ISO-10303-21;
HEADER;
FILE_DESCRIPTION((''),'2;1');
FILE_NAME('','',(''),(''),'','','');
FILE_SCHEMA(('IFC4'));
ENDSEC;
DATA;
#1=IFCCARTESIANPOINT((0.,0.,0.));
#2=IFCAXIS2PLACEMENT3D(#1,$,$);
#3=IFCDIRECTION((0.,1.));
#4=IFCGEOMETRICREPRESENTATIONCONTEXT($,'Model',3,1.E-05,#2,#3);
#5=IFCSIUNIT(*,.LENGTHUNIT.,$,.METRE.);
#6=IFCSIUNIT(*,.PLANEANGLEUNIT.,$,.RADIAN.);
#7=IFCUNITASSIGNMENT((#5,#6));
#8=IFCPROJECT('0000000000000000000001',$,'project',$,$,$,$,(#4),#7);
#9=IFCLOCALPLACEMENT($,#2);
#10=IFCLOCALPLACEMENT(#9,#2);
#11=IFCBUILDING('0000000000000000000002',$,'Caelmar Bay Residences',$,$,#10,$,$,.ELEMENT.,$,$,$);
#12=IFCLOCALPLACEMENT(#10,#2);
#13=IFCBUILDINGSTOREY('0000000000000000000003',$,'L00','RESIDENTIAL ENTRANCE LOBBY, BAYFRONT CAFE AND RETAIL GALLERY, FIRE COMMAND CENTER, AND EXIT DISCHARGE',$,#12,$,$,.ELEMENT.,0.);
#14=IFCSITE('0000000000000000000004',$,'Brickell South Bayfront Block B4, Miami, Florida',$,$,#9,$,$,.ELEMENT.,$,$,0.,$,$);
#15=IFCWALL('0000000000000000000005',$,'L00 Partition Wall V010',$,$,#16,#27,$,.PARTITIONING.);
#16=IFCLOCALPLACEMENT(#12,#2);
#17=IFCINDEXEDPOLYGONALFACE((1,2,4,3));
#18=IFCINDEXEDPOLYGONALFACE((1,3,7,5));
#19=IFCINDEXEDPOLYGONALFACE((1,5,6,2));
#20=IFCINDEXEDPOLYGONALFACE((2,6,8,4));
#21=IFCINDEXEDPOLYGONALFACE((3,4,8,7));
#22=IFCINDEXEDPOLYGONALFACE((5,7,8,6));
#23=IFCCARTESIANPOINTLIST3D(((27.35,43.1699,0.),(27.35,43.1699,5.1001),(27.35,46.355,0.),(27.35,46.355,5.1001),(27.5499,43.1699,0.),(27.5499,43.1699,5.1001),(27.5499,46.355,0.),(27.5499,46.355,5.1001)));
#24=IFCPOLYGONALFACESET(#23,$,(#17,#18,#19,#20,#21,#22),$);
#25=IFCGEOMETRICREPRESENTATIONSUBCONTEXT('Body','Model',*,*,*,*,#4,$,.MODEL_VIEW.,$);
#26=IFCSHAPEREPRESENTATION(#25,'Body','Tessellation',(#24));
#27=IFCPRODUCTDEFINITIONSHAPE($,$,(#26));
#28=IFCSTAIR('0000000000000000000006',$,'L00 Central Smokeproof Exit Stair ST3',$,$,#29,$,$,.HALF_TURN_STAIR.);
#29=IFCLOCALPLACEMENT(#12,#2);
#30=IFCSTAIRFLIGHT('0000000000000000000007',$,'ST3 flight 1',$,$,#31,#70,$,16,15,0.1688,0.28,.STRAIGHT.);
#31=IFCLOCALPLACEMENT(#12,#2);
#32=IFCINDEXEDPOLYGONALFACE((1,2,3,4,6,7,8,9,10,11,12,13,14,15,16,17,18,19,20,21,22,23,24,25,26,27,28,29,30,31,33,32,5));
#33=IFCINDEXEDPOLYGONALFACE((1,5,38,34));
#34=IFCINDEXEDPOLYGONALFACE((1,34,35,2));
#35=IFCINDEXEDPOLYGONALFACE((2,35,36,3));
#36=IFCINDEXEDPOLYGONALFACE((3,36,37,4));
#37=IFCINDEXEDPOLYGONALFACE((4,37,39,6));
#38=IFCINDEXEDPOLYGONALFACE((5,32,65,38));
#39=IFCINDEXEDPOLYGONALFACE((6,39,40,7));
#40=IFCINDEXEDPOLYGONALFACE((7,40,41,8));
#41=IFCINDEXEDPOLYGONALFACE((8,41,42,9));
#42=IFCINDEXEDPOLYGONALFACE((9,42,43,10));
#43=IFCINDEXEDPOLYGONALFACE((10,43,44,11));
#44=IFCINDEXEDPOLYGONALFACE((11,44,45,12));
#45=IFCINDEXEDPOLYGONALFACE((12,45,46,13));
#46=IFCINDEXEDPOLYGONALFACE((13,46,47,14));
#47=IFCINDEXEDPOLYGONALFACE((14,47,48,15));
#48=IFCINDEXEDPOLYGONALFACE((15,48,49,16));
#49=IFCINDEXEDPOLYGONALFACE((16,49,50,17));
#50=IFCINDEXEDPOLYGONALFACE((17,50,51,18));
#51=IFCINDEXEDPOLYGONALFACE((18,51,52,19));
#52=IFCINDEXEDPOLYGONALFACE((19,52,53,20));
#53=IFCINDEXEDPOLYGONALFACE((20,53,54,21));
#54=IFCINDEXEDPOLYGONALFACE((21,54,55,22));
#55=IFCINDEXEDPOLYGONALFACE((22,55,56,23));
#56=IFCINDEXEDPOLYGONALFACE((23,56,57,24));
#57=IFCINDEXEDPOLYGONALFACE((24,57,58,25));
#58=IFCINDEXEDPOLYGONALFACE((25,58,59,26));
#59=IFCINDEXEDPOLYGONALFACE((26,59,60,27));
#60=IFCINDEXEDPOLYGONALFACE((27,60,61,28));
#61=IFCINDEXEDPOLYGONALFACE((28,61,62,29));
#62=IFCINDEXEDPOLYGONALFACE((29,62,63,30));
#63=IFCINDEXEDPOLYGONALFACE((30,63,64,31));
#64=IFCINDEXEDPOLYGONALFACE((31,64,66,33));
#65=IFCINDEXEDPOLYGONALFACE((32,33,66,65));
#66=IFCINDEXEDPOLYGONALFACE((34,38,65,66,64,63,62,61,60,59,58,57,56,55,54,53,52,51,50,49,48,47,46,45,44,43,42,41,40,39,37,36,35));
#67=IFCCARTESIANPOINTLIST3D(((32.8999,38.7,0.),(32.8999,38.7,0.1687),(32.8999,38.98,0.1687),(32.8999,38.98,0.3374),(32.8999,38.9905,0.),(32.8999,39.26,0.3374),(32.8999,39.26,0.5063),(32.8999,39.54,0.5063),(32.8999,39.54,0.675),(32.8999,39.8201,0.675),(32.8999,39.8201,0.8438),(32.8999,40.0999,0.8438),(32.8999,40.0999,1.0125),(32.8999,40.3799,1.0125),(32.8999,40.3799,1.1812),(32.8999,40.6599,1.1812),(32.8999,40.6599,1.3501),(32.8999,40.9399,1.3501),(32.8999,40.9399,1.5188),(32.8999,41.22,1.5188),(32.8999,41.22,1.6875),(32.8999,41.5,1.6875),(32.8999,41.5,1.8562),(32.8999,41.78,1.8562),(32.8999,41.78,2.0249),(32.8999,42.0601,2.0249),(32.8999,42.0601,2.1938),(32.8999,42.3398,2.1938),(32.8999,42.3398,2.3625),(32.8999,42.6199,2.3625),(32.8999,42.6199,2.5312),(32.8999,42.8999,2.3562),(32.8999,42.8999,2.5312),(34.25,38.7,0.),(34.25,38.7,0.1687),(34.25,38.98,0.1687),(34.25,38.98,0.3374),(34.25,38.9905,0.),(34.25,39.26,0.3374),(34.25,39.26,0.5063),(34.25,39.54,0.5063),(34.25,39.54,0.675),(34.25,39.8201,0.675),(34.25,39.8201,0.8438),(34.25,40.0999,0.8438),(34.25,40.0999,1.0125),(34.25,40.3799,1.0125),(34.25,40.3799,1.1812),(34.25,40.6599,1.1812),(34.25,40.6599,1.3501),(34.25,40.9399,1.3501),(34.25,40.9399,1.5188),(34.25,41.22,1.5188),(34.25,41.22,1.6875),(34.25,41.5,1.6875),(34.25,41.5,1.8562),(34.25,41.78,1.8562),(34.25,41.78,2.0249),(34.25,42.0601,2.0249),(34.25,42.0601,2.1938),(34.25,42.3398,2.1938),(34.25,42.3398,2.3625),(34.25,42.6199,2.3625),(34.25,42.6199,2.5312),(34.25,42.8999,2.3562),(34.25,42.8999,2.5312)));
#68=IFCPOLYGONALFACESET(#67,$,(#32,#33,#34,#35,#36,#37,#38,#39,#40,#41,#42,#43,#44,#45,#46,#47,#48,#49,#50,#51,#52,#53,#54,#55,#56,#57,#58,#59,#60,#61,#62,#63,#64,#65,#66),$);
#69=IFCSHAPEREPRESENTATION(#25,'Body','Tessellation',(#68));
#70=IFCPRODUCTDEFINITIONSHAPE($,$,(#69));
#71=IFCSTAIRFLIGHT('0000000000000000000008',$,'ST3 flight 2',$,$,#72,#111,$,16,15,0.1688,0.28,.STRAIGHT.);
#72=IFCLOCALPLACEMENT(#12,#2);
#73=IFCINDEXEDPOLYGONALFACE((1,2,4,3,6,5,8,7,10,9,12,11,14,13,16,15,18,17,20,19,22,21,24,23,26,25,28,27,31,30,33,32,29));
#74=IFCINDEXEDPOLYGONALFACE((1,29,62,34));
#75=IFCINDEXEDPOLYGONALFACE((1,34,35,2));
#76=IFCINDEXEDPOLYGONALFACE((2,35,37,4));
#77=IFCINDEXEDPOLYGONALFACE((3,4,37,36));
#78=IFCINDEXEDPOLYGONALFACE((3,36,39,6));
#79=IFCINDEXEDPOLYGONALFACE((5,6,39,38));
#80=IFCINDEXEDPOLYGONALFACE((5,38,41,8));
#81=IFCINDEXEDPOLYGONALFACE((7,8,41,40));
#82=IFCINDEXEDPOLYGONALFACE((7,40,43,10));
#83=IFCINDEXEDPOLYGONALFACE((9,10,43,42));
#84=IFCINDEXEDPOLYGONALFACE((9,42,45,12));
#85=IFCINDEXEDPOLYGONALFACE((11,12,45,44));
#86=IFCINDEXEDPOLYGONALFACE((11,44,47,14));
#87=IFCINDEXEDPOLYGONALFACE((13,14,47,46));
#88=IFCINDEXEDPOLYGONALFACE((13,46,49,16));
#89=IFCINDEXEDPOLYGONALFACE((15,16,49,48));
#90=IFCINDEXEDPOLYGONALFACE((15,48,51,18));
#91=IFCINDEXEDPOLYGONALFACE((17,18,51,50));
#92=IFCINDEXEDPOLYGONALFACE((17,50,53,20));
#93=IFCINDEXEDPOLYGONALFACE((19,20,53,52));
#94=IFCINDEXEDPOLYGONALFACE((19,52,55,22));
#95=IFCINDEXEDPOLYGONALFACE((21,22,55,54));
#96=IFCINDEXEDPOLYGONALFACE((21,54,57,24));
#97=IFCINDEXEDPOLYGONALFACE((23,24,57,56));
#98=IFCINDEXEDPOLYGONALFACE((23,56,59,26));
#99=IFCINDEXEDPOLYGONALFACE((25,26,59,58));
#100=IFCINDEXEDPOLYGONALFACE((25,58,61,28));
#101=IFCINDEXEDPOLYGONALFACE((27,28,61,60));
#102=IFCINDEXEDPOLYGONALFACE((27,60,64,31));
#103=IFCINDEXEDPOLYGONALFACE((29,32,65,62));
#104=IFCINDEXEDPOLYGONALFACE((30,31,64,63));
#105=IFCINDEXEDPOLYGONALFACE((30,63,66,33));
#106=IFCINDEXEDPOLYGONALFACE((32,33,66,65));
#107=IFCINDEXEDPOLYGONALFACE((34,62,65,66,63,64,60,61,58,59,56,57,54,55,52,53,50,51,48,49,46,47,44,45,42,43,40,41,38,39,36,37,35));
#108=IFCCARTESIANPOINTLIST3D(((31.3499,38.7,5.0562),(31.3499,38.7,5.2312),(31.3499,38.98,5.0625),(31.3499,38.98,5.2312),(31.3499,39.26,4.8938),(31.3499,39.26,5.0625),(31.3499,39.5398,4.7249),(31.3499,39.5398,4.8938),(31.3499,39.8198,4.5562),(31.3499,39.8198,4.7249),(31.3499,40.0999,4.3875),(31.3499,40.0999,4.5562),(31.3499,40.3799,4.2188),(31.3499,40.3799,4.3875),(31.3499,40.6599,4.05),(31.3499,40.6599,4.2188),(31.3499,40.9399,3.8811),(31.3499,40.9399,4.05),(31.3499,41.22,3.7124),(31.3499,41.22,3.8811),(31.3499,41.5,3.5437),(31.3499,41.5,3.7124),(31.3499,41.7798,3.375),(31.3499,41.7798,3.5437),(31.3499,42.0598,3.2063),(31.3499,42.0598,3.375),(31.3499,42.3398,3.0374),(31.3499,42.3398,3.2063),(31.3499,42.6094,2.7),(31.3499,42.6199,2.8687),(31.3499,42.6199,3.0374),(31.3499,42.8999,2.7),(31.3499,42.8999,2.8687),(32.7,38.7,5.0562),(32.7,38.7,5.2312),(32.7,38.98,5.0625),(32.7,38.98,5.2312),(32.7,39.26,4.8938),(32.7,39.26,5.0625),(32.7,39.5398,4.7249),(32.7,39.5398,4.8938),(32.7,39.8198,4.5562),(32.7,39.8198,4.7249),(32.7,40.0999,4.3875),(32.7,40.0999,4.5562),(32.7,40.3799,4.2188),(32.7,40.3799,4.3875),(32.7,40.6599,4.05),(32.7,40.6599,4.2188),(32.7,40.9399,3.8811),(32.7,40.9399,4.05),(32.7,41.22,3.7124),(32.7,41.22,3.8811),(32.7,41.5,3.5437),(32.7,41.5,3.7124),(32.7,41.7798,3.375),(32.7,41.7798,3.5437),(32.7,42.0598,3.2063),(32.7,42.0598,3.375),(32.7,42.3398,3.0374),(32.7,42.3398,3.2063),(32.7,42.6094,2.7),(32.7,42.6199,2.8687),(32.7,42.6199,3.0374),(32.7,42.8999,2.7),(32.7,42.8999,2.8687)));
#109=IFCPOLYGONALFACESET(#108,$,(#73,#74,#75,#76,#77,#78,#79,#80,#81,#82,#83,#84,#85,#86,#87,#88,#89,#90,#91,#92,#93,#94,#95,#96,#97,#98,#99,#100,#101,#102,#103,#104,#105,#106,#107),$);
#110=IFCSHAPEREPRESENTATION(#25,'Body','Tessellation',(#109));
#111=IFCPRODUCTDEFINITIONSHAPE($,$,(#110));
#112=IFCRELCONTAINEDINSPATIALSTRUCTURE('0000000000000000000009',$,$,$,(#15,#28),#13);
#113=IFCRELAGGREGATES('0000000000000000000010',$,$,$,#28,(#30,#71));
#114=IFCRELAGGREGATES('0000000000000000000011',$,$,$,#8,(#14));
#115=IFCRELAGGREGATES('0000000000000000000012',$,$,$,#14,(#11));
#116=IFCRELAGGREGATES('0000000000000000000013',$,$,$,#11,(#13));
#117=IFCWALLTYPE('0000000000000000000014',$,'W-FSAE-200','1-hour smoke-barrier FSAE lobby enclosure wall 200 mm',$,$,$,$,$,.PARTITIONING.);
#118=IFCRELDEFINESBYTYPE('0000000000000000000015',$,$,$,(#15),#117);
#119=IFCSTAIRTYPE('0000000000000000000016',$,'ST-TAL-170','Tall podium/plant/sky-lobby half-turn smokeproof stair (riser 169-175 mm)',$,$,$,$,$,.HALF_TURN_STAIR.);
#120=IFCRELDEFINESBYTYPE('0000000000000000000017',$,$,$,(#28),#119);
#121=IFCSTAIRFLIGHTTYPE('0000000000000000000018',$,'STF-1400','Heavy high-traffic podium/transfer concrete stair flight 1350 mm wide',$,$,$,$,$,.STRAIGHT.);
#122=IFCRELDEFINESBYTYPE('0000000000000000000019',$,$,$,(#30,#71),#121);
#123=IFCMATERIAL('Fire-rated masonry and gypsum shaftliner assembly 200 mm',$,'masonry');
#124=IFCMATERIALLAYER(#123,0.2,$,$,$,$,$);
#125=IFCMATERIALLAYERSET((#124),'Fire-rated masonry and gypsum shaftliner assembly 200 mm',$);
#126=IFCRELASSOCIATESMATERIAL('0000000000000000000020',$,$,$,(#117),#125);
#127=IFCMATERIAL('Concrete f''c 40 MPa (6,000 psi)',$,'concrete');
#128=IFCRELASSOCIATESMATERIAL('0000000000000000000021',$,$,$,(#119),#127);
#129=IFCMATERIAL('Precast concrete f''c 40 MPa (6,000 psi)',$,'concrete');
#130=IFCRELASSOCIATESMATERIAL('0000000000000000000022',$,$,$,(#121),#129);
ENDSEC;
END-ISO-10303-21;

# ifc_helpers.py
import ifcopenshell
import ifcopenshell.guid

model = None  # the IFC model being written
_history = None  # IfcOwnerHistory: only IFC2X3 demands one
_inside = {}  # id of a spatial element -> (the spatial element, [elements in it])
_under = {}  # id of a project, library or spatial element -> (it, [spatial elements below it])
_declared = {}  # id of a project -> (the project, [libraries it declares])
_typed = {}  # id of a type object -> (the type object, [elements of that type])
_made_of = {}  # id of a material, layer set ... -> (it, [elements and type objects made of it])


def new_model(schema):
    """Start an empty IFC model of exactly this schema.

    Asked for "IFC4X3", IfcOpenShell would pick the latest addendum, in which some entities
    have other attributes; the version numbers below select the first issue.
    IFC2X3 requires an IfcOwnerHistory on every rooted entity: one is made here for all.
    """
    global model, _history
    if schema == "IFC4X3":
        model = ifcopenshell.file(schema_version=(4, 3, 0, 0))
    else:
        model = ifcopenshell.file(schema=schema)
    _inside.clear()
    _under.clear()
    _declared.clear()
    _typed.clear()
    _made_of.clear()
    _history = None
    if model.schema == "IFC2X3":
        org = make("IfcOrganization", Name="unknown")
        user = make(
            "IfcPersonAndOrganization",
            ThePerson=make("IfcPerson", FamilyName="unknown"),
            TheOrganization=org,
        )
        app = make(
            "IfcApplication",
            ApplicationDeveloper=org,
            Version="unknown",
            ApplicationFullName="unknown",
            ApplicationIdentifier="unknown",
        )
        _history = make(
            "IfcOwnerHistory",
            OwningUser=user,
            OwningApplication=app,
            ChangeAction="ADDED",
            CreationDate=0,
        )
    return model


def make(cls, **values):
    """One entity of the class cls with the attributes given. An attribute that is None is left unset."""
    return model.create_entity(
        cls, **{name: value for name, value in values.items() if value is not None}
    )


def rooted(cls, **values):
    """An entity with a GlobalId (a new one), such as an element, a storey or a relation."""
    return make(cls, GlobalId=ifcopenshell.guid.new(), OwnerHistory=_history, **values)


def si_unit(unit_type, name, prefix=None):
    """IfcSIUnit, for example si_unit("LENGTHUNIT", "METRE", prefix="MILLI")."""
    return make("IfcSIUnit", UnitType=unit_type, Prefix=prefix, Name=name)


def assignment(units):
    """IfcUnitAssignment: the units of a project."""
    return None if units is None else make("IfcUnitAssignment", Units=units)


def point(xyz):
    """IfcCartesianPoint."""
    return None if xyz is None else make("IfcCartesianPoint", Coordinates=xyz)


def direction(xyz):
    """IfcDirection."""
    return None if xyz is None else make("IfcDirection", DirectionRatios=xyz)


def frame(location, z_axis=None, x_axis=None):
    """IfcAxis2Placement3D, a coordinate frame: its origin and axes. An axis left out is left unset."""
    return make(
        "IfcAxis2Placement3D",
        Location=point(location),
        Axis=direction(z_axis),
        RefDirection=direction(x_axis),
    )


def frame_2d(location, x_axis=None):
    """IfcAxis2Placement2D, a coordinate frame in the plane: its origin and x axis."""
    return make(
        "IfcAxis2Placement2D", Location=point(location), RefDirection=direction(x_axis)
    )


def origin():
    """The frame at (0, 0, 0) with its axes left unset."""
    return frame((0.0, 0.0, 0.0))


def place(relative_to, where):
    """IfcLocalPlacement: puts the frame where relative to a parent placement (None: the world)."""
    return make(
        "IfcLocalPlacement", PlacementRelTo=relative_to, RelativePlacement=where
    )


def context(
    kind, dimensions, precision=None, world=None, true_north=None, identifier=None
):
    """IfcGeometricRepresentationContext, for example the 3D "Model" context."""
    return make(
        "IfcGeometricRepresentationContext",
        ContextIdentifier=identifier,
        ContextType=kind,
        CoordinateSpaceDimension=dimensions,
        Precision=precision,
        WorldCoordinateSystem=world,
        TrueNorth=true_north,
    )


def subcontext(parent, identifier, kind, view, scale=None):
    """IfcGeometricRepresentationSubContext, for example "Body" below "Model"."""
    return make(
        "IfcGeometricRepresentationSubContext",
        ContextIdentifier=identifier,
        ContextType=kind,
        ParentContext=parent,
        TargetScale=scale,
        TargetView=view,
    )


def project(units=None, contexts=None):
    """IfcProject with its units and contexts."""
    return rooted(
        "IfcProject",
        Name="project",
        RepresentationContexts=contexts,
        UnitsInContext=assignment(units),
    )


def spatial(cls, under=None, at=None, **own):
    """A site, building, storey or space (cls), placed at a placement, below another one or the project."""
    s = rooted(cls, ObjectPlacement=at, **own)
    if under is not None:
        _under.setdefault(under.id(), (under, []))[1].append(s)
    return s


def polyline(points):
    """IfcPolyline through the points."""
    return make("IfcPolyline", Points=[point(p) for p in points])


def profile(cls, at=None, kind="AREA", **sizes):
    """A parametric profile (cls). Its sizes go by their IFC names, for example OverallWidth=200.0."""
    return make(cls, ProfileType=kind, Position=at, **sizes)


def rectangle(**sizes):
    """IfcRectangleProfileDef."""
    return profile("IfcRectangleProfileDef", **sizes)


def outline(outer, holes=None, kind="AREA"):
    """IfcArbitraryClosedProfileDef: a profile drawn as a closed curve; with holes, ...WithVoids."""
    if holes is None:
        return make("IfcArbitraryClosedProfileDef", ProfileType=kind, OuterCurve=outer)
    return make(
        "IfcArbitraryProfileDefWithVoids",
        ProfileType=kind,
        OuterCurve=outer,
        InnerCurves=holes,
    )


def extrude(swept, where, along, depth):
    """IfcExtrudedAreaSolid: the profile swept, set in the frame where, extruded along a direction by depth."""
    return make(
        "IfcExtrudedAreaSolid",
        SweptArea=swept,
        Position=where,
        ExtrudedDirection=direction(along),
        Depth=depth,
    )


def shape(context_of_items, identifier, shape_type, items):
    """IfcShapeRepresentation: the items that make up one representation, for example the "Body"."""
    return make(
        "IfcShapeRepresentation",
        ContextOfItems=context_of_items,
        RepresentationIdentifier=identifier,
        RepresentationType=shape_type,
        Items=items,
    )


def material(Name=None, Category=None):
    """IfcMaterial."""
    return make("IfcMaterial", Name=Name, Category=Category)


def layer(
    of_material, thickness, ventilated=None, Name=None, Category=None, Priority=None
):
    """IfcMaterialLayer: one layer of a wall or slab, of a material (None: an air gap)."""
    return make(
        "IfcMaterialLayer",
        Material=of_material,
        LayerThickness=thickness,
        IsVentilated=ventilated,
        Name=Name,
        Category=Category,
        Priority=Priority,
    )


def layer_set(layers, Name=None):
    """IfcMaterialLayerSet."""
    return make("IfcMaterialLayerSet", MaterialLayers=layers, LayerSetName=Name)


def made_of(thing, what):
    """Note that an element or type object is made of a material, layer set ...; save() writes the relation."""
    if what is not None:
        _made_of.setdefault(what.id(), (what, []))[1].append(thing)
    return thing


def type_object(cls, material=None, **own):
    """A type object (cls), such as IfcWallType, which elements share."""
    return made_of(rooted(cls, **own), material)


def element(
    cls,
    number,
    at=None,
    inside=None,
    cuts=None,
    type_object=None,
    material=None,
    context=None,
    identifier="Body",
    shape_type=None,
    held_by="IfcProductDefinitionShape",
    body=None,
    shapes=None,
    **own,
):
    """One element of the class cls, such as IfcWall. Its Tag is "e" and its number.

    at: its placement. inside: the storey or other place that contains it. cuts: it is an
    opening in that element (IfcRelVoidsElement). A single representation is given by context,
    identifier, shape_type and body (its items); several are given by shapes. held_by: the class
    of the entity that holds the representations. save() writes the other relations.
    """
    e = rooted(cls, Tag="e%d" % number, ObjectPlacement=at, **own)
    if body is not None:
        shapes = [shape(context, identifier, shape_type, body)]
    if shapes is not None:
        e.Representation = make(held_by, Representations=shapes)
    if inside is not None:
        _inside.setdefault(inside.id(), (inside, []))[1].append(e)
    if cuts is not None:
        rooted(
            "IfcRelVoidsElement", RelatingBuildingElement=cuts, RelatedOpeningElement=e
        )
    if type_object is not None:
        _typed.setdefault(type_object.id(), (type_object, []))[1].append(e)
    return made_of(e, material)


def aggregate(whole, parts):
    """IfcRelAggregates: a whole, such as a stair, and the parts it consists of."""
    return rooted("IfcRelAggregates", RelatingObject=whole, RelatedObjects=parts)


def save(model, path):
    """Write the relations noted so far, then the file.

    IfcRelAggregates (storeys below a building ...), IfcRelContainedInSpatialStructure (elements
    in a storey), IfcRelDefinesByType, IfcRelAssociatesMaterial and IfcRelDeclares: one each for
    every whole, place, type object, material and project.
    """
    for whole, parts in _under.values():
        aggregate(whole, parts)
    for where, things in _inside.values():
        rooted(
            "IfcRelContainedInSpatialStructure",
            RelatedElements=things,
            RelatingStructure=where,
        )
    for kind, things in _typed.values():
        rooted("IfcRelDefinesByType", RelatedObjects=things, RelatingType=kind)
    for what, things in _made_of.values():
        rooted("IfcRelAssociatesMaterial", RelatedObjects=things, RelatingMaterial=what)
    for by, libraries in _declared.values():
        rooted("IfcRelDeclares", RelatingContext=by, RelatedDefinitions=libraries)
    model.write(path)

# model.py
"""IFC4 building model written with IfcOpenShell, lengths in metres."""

from ifc_helpers import new_model, si_unit, direction, frame, frame_2d, origin, place, context, subcontext, project, spatial, polyline, rectangle, outline, extrude, material, layer, layer_set, type_object, element, aggregate, save


model = new_model("IFC4")

# Units and contexts
model_context = context("Model", 3, precision=1e-05, world=origin(), true_north=direction((0.0, 1.0)))
body_context = subcontext(model_context, "Body", "Model", "MODEL_VIEW")
ifc_project = project(units=[si_unit("LENGTHUNIT", "METRE"), si_unit("PLANEANGLEUNIT", "RADIAN")], contexts=[model_context])

# Site, building, storey
site_placement = place(None, origin())
site = spatial("IfcSite", under=ifc_project, at=site_placement, Name="Brickell South Bayfront Block B4, Miami, Florida", CompositionType="ELEMENT", RefElevation=0.0)
building_placement = place(site_placement, origin())
building = spatial("IfcBuilding", under=site, at=building_placement, Name="Caelmar Bay Residences", CompositionType="ELEMENT")
storey_placement = place(building_placement, origin())
storey = spatial("IfcBuildingStorey", under=building, at=storey_placement, Name="L00", Description="RESIDENTIAL ENTRANCE LOBBY, BAYFRONT CAFE AND RETAIL GALLERY, FIRE COMMAND CENTER, AND EXIT DISCHARGE", CompositionType="ELEMENT", Elevation=0.0)

# Wall
ifc_material_1 = material(Name="Fire-rated masonry and gypsum shaftliner assembly 200 mm", Category="masonry")
ifc_layer = layer(ifc_material_1, 0.2)
ifc_layer_set = layer_set([ifc_layer], Name="Fire-rated masonry and gypsum shaftliner assembly 200 mm")
wall_type = type_object("IfcWallType", Name="W-FSAE-200", Description="1-hour smoke-barrier FSAE lobby enclosure wall 200 mm", PredefinedType="PARTITIONING", material=ifc_layer_set)
wall_placement = place(storey_placement, frame((27.45, 43.1699, 0.0), z_axis=(0.0, 0.0, 1.0), x_axis=(0.0, 1.0, 0.0)))
element("IfcWall", 1, at=wall_placement, inside=storey, type_object=wall_type, Name="L00 Partition Wall V010", PredefinedType="PARTITIONING", context=body_context, shape_type="SweptSolid", body=[
    extrude(rectangle(XDim=3.1851, YDim=0.2, at=frame_2d((1.5925, 0.0))), origin(), (0.0, 0.0, 1.0), 5.1001),
])

# Stair, stair flights
ifc_material_2 = material(Name="Concrete f'c 40 MPa (6,000 psi)", Category="concrete")
stair_type = type_object("IfcStairType", Name="ST-TAL-170", Description="Tall podium/plant/sky-lobby half-turn smokeproof stair (riser 169-175 mm)", PredefinedType="HALF_TURN_STAIR", material=ifc_material_2)
stair_placement = place(storey_placement, origin())
stair = element("IfcStair", 2, at=stair_placement, inside=storey, type_object=stair_type, Name="L00 Central Smokeproof Exit Stair ST3", PredefinedType="HALF_TURN_STAIR")
ifc_material_3 = material(Name="Precast concrete f'c 40 MPa (6,000 psi)", Category="concrete")
stair_flight_type = type_object("IfcStairFlightType", Name="STF-1400", Description="Heavy high-traffic podium/transfer concrete stair flight 1350 mm wide", PredefinedType="STRAIGHT", material=ifc_material_3)
stair_flight_1_placement = place(storey_placement, frame((33.575, 38.7, 0.0), z_axis=(0.0, 0.0, 1.0), x_axis=(0.0, 1.0, 0.0)))
stair_flight_1 = element("IfcStairFlight", 3, at=stair_flight_1_placement, type_object=stair_flight_type, Name="ST3 flight 1", NumberOfRisers=16, NumberOfTreads=15, PredefinedType="STRAIGHT", RiserHeight=0.1688, TreadLength=0.28, context=body_context, shape_type="SweptSolid", body=[
    extrude(outline(polyline([(0.0, 0.0), (0.0, 0.1687), (0.28, 0.1687), (0.28, 0.3374), (0.5601, 0.3374), (0.5601, 0.5063), (0.8401, 0.5063), (0.8401, 0.675), (1.1201, 0.675), (1.1201, 0.8438), (1.3999, 0.8438), (1.3999, 1.0125), (1.6799, 1.0125), (1.6799, 1.1812), (1.96, 1.1812), (1.96, 1.3501), (2.24, 1.3501), (2.24, 1.5188), (2.52, 1.5188), (2.52, 1.6875), (2.8, 1.6875), (2.8, 1.8562), (3.0801, 1.8562), (3.0801, 2.0249), (3.3601, 2.0249), (3.3601, 2.1938), (3.6399, 2.1938), (3.6399, 2.3625), (3.9199, 2.3625), (3.9199, 2.5312), (4.2, 2.5312), (4.2, 2.7), (4.2, 2.3562), (0.2905, 0.0), (0.0, 0.0)])), frame((0.0, 0.675, 0.0), z_axis=(0.0, -1.0, 0.0), x_axis=(1.0, 0.0, 0.0)), (0.0, 0.0, 1.0), 1.3501),
])
stair_flight_2_placement = place(storey_placement, frame((32.0249, 42.8999, 2.7), z_axis=(0.0, 0.0, 1.0), x_axis=(0.0, -1.0, 0.0)))
stair_flight_2 = element("IfcStairFlight", 4, at=stair_flight_2_placement, type_object=stair_flight_type, Name="ST3 flight 2", NumberOfRisers=16, NumberOfTreads=15, PredefinedType="STRAIGHT", RiserHeight=0.1688, TreadLength=0.28, context=body_context, shape_type="SweptSolid", body=[
    extrude(outline(polyline([(0.0, 0.0), (0.0, 0.1687), (0.28, 0.1687), (0.28, 0.3374), (0.5601, 0.3374), (0.5601, 0.5063), (0.8401, 0.5063), (0.8401, 0.675), (1.1201, 0.675), (1.1201, 0.8438), (1.3999, 0.8438), (1.3999, 1.0125), (1.6799, 1.0125), (1.6799, 1.1812), (1.96, 1.1812), (1.96, 1.3501), (2.24, 1.3501), (2.24, 1.5188), (2.52, 1.5188), (2.52, 1.6875), (2.8, 1.6875), (2.8, 1.8562), (3.0801, 1.8562), (3.0801, 2.0249), (3.3601, 2.0249), (3.3601, 2.1938), (3.6399, 2.1938), (3.6399, 2.3625), (3.9199, 2.3625), (3.9199, 2.5312), (4.2, 2.5312), (4.2, 2.7), (4.2, 2.3562), (0.2905, 0.0), (0.0, 0.0)])), frame((0.0, 0.675, 0.0), z_axis=(0.0, -1.0, 0.0), x_axis=(1.0, 0.0, 0.0)), (0.0, 0.0, 1.0), 1.3501),
])
aggregate(stair, [stair_flight_1, stair_flight_2])

save(model, "model.ifc")
